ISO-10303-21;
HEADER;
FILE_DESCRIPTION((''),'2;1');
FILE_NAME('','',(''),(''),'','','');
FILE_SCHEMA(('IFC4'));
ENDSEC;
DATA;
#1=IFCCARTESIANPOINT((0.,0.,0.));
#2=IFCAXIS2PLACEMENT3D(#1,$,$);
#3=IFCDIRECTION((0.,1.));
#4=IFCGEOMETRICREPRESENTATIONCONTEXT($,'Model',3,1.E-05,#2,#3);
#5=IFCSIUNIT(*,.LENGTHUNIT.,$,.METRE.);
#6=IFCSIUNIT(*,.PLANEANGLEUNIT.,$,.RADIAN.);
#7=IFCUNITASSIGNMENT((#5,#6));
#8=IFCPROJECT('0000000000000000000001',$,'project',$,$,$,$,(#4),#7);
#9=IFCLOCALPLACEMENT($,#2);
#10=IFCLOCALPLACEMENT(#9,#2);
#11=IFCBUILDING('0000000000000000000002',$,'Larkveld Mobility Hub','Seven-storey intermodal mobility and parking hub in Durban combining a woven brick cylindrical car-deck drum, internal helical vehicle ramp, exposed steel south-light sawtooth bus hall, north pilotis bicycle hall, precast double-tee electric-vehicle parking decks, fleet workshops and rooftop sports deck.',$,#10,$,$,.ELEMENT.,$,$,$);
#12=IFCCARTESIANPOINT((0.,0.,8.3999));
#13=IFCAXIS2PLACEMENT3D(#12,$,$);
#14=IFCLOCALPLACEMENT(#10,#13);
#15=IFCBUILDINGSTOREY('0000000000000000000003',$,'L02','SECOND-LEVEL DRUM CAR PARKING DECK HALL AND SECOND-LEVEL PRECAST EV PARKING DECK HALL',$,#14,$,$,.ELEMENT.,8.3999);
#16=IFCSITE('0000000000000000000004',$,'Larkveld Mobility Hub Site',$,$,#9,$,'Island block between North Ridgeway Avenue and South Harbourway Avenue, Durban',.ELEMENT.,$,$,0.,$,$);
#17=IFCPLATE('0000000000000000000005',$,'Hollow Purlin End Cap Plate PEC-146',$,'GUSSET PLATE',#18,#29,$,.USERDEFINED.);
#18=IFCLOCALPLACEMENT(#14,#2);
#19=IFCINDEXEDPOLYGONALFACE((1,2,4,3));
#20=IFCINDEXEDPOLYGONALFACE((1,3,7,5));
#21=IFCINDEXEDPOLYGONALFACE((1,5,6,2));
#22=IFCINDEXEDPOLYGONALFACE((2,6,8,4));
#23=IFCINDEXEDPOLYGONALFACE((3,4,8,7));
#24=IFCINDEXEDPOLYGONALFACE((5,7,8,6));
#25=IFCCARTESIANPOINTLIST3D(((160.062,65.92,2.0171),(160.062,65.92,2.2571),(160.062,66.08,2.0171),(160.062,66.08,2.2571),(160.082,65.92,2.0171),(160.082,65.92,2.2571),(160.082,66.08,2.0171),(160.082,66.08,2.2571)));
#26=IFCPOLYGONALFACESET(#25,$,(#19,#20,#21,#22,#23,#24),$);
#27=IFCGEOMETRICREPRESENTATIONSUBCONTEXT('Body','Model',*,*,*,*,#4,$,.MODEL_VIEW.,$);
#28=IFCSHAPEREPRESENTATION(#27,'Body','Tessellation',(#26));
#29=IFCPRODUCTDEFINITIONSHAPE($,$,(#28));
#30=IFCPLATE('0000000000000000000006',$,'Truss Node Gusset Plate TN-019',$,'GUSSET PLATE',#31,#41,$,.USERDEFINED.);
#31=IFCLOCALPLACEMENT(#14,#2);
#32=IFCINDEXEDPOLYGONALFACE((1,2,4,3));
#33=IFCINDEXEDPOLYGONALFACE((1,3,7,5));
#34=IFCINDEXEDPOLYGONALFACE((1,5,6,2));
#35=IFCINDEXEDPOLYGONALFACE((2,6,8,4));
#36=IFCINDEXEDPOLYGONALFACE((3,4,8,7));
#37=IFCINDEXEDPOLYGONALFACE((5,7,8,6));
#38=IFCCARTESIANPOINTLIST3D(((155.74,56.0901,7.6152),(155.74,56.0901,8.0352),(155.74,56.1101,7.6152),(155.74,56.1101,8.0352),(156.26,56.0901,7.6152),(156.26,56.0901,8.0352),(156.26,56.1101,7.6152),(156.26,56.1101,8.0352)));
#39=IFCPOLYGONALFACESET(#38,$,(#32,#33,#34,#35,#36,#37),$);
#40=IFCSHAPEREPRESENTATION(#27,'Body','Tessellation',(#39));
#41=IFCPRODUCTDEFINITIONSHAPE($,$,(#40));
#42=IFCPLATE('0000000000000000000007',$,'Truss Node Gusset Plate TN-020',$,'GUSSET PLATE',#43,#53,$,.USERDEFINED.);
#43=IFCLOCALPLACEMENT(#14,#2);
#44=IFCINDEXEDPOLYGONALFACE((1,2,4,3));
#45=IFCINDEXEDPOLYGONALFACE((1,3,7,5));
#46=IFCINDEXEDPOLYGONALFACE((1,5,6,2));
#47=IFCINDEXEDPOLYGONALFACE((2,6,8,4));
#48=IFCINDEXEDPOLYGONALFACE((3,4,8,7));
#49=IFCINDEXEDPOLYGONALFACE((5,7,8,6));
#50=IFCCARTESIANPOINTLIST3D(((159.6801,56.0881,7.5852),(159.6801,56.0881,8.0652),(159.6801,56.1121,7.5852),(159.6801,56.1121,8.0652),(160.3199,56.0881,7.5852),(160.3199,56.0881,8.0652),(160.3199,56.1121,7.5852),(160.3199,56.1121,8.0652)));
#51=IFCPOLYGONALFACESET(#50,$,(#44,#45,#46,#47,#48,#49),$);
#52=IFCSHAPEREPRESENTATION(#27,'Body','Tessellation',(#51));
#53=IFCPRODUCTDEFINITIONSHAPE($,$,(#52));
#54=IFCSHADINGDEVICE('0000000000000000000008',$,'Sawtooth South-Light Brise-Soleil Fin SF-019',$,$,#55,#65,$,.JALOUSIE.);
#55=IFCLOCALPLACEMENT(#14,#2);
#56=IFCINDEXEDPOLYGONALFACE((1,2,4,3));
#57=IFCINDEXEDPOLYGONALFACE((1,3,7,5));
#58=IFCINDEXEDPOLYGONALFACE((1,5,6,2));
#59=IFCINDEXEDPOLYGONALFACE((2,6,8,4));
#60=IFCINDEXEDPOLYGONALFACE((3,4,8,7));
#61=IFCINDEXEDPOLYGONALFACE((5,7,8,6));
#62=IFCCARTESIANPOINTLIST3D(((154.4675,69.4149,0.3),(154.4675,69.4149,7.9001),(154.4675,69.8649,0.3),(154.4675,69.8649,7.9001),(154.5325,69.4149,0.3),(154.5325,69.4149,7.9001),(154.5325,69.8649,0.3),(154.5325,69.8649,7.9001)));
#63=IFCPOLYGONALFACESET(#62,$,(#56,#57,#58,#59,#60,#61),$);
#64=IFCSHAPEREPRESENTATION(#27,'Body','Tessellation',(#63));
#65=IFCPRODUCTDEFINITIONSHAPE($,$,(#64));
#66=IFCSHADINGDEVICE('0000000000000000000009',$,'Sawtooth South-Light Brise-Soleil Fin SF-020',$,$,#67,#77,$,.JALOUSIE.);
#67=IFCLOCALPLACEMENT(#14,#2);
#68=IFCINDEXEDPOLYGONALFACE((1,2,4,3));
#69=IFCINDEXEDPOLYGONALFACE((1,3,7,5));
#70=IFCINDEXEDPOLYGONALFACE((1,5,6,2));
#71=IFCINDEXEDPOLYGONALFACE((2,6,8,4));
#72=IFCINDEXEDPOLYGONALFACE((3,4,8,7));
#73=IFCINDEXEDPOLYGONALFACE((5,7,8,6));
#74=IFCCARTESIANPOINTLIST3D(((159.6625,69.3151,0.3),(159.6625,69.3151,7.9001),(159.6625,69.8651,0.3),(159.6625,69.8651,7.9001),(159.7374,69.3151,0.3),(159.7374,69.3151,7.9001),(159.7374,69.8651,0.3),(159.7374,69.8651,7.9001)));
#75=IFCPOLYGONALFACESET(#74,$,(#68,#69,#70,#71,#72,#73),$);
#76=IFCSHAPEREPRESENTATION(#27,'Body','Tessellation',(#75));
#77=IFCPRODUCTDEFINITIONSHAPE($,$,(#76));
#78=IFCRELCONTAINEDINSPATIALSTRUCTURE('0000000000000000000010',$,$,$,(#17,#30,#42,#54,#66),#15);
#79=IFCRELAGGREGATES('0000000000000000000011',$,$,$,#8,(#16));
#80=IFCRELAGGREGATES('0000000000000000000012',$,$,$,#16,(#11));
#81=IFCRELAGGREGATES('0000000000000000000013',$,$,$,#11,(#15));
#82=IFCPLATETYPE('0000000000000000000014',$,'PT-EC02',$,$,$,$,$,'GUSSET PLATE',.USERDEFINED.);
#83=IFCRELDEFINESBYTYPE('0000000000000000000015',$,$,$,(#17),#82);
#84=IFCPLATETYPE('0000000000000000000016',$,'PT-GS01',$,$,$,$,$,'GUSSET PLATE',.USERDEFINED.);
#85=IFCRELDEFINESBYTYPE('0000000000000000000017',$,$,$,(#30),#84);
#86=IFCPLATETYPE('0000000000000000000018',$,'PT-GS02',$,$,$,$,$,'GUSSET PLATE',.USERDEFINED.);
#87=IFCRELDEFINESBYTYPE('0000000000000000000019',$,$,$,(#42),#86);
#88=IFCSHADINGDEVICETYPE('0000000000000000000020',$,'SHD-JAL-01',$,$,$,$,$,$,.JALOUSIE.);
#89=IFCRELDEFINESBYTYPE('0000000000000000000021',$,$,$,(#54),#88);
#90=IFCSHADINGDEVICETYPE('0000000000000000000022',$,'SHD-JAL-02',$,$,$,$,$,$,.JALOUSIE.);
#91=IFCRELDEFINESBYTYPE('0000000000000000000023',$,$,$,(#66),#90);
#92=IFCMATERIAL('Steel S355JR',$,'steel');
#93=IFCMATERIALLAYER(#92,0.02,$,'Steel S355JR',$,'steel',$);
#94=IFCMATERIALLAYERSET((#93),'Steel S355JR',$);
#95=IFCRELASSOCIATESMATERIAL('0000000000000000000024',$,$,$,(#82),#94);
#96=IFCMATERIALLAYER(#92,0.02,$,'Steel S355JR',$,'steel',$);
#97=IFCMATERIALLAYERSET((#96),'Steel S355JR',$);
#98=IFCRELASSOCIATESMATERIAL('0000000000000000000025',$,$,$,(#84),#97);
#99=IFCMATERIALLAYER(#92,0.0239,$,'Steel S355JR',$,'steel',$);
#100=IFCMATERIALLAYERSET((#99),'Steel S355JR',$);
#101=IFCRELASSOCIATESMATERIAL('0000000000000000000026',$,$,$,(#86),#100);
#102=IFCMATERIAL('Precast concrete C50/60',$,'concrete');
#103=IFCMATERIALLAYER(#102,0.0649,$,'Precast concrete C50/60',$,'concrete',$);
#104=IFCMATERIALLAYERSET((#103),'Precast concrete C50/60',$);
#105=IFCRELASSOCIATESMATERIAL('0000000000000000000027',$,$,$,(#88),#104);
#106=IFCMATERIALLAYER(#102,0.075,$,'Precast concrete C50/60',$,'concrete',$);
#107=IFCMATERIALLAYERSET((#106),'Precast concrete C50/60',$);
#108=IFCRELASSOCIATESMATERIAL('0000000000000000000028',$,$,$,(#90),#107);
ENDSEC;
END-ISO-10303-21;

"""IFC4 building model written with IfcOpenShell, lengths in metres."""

from ifc_helpers import new_model, si_unit, direction, frame, origin, origin_2d, place, context, subcontext, project, spatial, rectangle, extrude, material, layer, layer_set, type_object, element, save


model = new_model("IFC4")

# Units and contexts
model_context = context("Model", 3, precision=1e-05, world=origin(), true_north=direction((0.0, 1.0)))
body_context = subcontext(model_context, "Body", "Model", "MODEL_VIEW")
ifc_project = project(units=[si_unit("LENGTHUNIT", "METRE"), si_unit("PLANEANGLEUNIT", "RADIAN")], contexts=[model_context])

# Site, building, storey
site_placement = place(None, origin())
site = spatial("IfcSite", under=ifc_project, at=site_placement, Name="Larkveld Mobility Hub Site", LongName="Island block between North Ridgeway Avenue and South Harbourway Avenue, Durban", CompositionType="ELEMENT", RefElevation=0.0)
building_placement = place(site_placement, origin())
building = spatial("IfcBuilding", under=site, at=building_placement, Name="Larkveld Mobility Hub", Description="Seven-storey intermodal mobility and parking hub in Durban combining a woven brick cylindrical car-deck drum, internal helical vehicle ramp, exposed steel south-light sawtooth bus hall, north pilotis bicycle hall, precast double-tee electric-vehicle parking decks, fleet workshops and rooftop sports deck.", CompositionType="ELEMENT")
storey_placement = place(building_placement, frame((0.0, 0.0, 8.3999)))
storey = spatial("IfcBuildingStorey", under=building, at=storey_placement, Name="L02", Description="SECOND-LEVEL DRUM CAR PARKING DECK HALL AND SECOND-LEVEL PRECAST EV PARKING DECK HALL", CompositionType="ELEMENT", Elevation=8.3999)

# Shared definitions
ifc_material_1 = material(Name="Steel S355JR", Category="steel")

# Plates
ifc_layer_1 = layer(ifc_material_1, 0.02, Name="Steel S355JR", Category="steel")
ifc_layer_set_1 = layer_set([ifc_layer_1], Name="Steel S355JR")
plate_type_1 = type_object("IfcPlateType", Name="PT-EC02", ElementType="GUSSET PLATE", PredefinedType="USERDEFINED", material=ifc_layer_set_1)
for number, where, z_axis, x_axis, name in (
    (1, (160.072, 66.0, 2.0171), (0.0, 0.0, 1.0), (1.0, 0.0, 0.0), "Hollow Purlin End Cap Plate PEC-146"),
):
    element("IfcPlate", number, at=place(storey_placement, frame(where, z_axis=z_axis, x_axis=x_axis)), inside=storey, type_object=plate_type_1, Name=name, ObjectType="GUSSET PLATE", PredefinedType="USERDEFINED", context=body_context, shape_type="SweptSolid", body=[
        extrude(rectangle(XDim=0.02, YDim=0.1599, at=origin_2d()), origin(), (0.0, 0.0, 1.0), 0.24),
    ])
ifc_layer_2 = layer(ifc_material_1, 0.02, Name="Steel S355JR", Category="steel")
ifc_layer_set_2 = layer_set([ifc_layer_2], Name="Steel S355JR")
plate_type_2 = type_object("IfcPlateType", Name="PT-GS01", ElementType="GUSSET PLATE", PredefinedType="USERDEFINED", material=ifc_layer_set_2)
plate_1_placement = place(storey_placement, frame((156.0, 56.1001, 7.6152), z_axis=(0.0, 0.0, 1.0), x_axis=(1.0, 0.0, 0.0)))
element("IfcPlate", 2, at=plate_1_placement, inside=storey, type_object=plate_type_2, Name="Truss Node Gusset Plate TN-019", ObjectType="GUSSET PLATE", PredefinedType="USERDEFINED", context=body_context, shape_type="SweptSolid", body=[
    extrude(rectangle(XDim=0.52, YDim=0.02, at=origin_2d()), origin(), (0.0, 0.0, 1.0), 0.4199),
])
ifc_layer_3 = layer(ifc_material_1, 0.0239, Name="Steel S355JR", Category="steel")
ifc_layer_set_3 = layer_set([ifc_layer_3], Name="Steel S355JR")
plate_type_3 = type_object("IfcPlateType", Name="PT-GS02", ElementType="GUSSET PLATE", PredefinedType="USERDEFINED", material=ifc_layer_set_3)
plate_2_placement = place(storey_placement, frame((160.0, 56.1001, 7.5852), z_axis=(0.0, 0.0, 1.0), x_axis=(1.0, 0.0, 0.0)))
element("IfcPlate", 3, at=plate_2_placement, inside=storey, type_object=plate_type_3, Name="Truss Node Gusset Plate TN-020", ObjectType="GUSSET PLATE", PredefinedType="USERDEFINED", context=body_context, shape_type="SweptSolid", body=[
    extrude(rectangle(XDim=0.6399, YDim=0.0239, at=origin_2d()), origin(), (0.0, 0.0, 1.0), 0.48),
])

# Shading devices
ifc_material_2 = material(Name="Precast concrete C50/60", Category="concrete")
ifc_layer_4 = layer(ifc_material_2, 0.0649, Name="Precast concrete C50/60", Category="concrete")
ifc_layer_set_4 = layer_set([ifc_layer_4], Name="Precast concrete C50/60")
shading_device_type_1 = type_object("IfcShadingDeviceType", Name="SHD-JAL-01", PredefinedType="JALOUSIE", material=ifc_layer_set_4)
shading_device_1_placement = place(storey_placement, frame((154.5, 69.6399, 0.3), z_axis=(0.0, 0.0, 1.0), x_axis=(1.0, 0.0, 0.0)))
element("IfcShadingDevice", 4, at=shading_device_1_placement, inside=storey, type_object=shading_device_type_1, Name="Sawtooth South-Light Brise-Soleil Fin SF-019", PredefinedType="JALOUSIE", context=body_context, shape_type="SweptSolid", body=[
    extrude(rectangle(XDim=0.0649, YDim=0.45, at=origin_2d()), origin(), (0.0, 0.0, 1.0), 7.6001),
])
ifc_layer_5 = layer(ifc_material_2, 0.075, Name="Precast concrete C50/60", Category="concrete")
ifc_layer_set_5 = layer_set([ifc_layer_5], Name="Precast concrete C50/60")
shading_device_type_2 = type_object("IfcShadingDeviceType", Name="SHD-JAL-02", PredefinedType="JALOUSIE", material=ifc_layer_set_5)
shading_device_2_placement = place(storey_placement, frame((159.7, 69.5901, 0.3), z_axis=(0.0, 0.0, 1.0), x_axis=(1.0, 0.0, 0.0)))
element("IfcShadingDevice", 5, at=shading_device_2_placement, inside=storey, type_object=shading_device_type_2, Name="Sawtooth South-Light Brise-Soleil Fin SF-020", PredefinedType="JALOUSIE", context=body_context, shape_type="SweptSolid", body=[
    extrude(rectangle(XDim=0.075, YDim=0.55, at=origin_2d()), origin(), (0.0, 0.0, 1.0), 7.6001),
])

save(model, "model.ifc")
